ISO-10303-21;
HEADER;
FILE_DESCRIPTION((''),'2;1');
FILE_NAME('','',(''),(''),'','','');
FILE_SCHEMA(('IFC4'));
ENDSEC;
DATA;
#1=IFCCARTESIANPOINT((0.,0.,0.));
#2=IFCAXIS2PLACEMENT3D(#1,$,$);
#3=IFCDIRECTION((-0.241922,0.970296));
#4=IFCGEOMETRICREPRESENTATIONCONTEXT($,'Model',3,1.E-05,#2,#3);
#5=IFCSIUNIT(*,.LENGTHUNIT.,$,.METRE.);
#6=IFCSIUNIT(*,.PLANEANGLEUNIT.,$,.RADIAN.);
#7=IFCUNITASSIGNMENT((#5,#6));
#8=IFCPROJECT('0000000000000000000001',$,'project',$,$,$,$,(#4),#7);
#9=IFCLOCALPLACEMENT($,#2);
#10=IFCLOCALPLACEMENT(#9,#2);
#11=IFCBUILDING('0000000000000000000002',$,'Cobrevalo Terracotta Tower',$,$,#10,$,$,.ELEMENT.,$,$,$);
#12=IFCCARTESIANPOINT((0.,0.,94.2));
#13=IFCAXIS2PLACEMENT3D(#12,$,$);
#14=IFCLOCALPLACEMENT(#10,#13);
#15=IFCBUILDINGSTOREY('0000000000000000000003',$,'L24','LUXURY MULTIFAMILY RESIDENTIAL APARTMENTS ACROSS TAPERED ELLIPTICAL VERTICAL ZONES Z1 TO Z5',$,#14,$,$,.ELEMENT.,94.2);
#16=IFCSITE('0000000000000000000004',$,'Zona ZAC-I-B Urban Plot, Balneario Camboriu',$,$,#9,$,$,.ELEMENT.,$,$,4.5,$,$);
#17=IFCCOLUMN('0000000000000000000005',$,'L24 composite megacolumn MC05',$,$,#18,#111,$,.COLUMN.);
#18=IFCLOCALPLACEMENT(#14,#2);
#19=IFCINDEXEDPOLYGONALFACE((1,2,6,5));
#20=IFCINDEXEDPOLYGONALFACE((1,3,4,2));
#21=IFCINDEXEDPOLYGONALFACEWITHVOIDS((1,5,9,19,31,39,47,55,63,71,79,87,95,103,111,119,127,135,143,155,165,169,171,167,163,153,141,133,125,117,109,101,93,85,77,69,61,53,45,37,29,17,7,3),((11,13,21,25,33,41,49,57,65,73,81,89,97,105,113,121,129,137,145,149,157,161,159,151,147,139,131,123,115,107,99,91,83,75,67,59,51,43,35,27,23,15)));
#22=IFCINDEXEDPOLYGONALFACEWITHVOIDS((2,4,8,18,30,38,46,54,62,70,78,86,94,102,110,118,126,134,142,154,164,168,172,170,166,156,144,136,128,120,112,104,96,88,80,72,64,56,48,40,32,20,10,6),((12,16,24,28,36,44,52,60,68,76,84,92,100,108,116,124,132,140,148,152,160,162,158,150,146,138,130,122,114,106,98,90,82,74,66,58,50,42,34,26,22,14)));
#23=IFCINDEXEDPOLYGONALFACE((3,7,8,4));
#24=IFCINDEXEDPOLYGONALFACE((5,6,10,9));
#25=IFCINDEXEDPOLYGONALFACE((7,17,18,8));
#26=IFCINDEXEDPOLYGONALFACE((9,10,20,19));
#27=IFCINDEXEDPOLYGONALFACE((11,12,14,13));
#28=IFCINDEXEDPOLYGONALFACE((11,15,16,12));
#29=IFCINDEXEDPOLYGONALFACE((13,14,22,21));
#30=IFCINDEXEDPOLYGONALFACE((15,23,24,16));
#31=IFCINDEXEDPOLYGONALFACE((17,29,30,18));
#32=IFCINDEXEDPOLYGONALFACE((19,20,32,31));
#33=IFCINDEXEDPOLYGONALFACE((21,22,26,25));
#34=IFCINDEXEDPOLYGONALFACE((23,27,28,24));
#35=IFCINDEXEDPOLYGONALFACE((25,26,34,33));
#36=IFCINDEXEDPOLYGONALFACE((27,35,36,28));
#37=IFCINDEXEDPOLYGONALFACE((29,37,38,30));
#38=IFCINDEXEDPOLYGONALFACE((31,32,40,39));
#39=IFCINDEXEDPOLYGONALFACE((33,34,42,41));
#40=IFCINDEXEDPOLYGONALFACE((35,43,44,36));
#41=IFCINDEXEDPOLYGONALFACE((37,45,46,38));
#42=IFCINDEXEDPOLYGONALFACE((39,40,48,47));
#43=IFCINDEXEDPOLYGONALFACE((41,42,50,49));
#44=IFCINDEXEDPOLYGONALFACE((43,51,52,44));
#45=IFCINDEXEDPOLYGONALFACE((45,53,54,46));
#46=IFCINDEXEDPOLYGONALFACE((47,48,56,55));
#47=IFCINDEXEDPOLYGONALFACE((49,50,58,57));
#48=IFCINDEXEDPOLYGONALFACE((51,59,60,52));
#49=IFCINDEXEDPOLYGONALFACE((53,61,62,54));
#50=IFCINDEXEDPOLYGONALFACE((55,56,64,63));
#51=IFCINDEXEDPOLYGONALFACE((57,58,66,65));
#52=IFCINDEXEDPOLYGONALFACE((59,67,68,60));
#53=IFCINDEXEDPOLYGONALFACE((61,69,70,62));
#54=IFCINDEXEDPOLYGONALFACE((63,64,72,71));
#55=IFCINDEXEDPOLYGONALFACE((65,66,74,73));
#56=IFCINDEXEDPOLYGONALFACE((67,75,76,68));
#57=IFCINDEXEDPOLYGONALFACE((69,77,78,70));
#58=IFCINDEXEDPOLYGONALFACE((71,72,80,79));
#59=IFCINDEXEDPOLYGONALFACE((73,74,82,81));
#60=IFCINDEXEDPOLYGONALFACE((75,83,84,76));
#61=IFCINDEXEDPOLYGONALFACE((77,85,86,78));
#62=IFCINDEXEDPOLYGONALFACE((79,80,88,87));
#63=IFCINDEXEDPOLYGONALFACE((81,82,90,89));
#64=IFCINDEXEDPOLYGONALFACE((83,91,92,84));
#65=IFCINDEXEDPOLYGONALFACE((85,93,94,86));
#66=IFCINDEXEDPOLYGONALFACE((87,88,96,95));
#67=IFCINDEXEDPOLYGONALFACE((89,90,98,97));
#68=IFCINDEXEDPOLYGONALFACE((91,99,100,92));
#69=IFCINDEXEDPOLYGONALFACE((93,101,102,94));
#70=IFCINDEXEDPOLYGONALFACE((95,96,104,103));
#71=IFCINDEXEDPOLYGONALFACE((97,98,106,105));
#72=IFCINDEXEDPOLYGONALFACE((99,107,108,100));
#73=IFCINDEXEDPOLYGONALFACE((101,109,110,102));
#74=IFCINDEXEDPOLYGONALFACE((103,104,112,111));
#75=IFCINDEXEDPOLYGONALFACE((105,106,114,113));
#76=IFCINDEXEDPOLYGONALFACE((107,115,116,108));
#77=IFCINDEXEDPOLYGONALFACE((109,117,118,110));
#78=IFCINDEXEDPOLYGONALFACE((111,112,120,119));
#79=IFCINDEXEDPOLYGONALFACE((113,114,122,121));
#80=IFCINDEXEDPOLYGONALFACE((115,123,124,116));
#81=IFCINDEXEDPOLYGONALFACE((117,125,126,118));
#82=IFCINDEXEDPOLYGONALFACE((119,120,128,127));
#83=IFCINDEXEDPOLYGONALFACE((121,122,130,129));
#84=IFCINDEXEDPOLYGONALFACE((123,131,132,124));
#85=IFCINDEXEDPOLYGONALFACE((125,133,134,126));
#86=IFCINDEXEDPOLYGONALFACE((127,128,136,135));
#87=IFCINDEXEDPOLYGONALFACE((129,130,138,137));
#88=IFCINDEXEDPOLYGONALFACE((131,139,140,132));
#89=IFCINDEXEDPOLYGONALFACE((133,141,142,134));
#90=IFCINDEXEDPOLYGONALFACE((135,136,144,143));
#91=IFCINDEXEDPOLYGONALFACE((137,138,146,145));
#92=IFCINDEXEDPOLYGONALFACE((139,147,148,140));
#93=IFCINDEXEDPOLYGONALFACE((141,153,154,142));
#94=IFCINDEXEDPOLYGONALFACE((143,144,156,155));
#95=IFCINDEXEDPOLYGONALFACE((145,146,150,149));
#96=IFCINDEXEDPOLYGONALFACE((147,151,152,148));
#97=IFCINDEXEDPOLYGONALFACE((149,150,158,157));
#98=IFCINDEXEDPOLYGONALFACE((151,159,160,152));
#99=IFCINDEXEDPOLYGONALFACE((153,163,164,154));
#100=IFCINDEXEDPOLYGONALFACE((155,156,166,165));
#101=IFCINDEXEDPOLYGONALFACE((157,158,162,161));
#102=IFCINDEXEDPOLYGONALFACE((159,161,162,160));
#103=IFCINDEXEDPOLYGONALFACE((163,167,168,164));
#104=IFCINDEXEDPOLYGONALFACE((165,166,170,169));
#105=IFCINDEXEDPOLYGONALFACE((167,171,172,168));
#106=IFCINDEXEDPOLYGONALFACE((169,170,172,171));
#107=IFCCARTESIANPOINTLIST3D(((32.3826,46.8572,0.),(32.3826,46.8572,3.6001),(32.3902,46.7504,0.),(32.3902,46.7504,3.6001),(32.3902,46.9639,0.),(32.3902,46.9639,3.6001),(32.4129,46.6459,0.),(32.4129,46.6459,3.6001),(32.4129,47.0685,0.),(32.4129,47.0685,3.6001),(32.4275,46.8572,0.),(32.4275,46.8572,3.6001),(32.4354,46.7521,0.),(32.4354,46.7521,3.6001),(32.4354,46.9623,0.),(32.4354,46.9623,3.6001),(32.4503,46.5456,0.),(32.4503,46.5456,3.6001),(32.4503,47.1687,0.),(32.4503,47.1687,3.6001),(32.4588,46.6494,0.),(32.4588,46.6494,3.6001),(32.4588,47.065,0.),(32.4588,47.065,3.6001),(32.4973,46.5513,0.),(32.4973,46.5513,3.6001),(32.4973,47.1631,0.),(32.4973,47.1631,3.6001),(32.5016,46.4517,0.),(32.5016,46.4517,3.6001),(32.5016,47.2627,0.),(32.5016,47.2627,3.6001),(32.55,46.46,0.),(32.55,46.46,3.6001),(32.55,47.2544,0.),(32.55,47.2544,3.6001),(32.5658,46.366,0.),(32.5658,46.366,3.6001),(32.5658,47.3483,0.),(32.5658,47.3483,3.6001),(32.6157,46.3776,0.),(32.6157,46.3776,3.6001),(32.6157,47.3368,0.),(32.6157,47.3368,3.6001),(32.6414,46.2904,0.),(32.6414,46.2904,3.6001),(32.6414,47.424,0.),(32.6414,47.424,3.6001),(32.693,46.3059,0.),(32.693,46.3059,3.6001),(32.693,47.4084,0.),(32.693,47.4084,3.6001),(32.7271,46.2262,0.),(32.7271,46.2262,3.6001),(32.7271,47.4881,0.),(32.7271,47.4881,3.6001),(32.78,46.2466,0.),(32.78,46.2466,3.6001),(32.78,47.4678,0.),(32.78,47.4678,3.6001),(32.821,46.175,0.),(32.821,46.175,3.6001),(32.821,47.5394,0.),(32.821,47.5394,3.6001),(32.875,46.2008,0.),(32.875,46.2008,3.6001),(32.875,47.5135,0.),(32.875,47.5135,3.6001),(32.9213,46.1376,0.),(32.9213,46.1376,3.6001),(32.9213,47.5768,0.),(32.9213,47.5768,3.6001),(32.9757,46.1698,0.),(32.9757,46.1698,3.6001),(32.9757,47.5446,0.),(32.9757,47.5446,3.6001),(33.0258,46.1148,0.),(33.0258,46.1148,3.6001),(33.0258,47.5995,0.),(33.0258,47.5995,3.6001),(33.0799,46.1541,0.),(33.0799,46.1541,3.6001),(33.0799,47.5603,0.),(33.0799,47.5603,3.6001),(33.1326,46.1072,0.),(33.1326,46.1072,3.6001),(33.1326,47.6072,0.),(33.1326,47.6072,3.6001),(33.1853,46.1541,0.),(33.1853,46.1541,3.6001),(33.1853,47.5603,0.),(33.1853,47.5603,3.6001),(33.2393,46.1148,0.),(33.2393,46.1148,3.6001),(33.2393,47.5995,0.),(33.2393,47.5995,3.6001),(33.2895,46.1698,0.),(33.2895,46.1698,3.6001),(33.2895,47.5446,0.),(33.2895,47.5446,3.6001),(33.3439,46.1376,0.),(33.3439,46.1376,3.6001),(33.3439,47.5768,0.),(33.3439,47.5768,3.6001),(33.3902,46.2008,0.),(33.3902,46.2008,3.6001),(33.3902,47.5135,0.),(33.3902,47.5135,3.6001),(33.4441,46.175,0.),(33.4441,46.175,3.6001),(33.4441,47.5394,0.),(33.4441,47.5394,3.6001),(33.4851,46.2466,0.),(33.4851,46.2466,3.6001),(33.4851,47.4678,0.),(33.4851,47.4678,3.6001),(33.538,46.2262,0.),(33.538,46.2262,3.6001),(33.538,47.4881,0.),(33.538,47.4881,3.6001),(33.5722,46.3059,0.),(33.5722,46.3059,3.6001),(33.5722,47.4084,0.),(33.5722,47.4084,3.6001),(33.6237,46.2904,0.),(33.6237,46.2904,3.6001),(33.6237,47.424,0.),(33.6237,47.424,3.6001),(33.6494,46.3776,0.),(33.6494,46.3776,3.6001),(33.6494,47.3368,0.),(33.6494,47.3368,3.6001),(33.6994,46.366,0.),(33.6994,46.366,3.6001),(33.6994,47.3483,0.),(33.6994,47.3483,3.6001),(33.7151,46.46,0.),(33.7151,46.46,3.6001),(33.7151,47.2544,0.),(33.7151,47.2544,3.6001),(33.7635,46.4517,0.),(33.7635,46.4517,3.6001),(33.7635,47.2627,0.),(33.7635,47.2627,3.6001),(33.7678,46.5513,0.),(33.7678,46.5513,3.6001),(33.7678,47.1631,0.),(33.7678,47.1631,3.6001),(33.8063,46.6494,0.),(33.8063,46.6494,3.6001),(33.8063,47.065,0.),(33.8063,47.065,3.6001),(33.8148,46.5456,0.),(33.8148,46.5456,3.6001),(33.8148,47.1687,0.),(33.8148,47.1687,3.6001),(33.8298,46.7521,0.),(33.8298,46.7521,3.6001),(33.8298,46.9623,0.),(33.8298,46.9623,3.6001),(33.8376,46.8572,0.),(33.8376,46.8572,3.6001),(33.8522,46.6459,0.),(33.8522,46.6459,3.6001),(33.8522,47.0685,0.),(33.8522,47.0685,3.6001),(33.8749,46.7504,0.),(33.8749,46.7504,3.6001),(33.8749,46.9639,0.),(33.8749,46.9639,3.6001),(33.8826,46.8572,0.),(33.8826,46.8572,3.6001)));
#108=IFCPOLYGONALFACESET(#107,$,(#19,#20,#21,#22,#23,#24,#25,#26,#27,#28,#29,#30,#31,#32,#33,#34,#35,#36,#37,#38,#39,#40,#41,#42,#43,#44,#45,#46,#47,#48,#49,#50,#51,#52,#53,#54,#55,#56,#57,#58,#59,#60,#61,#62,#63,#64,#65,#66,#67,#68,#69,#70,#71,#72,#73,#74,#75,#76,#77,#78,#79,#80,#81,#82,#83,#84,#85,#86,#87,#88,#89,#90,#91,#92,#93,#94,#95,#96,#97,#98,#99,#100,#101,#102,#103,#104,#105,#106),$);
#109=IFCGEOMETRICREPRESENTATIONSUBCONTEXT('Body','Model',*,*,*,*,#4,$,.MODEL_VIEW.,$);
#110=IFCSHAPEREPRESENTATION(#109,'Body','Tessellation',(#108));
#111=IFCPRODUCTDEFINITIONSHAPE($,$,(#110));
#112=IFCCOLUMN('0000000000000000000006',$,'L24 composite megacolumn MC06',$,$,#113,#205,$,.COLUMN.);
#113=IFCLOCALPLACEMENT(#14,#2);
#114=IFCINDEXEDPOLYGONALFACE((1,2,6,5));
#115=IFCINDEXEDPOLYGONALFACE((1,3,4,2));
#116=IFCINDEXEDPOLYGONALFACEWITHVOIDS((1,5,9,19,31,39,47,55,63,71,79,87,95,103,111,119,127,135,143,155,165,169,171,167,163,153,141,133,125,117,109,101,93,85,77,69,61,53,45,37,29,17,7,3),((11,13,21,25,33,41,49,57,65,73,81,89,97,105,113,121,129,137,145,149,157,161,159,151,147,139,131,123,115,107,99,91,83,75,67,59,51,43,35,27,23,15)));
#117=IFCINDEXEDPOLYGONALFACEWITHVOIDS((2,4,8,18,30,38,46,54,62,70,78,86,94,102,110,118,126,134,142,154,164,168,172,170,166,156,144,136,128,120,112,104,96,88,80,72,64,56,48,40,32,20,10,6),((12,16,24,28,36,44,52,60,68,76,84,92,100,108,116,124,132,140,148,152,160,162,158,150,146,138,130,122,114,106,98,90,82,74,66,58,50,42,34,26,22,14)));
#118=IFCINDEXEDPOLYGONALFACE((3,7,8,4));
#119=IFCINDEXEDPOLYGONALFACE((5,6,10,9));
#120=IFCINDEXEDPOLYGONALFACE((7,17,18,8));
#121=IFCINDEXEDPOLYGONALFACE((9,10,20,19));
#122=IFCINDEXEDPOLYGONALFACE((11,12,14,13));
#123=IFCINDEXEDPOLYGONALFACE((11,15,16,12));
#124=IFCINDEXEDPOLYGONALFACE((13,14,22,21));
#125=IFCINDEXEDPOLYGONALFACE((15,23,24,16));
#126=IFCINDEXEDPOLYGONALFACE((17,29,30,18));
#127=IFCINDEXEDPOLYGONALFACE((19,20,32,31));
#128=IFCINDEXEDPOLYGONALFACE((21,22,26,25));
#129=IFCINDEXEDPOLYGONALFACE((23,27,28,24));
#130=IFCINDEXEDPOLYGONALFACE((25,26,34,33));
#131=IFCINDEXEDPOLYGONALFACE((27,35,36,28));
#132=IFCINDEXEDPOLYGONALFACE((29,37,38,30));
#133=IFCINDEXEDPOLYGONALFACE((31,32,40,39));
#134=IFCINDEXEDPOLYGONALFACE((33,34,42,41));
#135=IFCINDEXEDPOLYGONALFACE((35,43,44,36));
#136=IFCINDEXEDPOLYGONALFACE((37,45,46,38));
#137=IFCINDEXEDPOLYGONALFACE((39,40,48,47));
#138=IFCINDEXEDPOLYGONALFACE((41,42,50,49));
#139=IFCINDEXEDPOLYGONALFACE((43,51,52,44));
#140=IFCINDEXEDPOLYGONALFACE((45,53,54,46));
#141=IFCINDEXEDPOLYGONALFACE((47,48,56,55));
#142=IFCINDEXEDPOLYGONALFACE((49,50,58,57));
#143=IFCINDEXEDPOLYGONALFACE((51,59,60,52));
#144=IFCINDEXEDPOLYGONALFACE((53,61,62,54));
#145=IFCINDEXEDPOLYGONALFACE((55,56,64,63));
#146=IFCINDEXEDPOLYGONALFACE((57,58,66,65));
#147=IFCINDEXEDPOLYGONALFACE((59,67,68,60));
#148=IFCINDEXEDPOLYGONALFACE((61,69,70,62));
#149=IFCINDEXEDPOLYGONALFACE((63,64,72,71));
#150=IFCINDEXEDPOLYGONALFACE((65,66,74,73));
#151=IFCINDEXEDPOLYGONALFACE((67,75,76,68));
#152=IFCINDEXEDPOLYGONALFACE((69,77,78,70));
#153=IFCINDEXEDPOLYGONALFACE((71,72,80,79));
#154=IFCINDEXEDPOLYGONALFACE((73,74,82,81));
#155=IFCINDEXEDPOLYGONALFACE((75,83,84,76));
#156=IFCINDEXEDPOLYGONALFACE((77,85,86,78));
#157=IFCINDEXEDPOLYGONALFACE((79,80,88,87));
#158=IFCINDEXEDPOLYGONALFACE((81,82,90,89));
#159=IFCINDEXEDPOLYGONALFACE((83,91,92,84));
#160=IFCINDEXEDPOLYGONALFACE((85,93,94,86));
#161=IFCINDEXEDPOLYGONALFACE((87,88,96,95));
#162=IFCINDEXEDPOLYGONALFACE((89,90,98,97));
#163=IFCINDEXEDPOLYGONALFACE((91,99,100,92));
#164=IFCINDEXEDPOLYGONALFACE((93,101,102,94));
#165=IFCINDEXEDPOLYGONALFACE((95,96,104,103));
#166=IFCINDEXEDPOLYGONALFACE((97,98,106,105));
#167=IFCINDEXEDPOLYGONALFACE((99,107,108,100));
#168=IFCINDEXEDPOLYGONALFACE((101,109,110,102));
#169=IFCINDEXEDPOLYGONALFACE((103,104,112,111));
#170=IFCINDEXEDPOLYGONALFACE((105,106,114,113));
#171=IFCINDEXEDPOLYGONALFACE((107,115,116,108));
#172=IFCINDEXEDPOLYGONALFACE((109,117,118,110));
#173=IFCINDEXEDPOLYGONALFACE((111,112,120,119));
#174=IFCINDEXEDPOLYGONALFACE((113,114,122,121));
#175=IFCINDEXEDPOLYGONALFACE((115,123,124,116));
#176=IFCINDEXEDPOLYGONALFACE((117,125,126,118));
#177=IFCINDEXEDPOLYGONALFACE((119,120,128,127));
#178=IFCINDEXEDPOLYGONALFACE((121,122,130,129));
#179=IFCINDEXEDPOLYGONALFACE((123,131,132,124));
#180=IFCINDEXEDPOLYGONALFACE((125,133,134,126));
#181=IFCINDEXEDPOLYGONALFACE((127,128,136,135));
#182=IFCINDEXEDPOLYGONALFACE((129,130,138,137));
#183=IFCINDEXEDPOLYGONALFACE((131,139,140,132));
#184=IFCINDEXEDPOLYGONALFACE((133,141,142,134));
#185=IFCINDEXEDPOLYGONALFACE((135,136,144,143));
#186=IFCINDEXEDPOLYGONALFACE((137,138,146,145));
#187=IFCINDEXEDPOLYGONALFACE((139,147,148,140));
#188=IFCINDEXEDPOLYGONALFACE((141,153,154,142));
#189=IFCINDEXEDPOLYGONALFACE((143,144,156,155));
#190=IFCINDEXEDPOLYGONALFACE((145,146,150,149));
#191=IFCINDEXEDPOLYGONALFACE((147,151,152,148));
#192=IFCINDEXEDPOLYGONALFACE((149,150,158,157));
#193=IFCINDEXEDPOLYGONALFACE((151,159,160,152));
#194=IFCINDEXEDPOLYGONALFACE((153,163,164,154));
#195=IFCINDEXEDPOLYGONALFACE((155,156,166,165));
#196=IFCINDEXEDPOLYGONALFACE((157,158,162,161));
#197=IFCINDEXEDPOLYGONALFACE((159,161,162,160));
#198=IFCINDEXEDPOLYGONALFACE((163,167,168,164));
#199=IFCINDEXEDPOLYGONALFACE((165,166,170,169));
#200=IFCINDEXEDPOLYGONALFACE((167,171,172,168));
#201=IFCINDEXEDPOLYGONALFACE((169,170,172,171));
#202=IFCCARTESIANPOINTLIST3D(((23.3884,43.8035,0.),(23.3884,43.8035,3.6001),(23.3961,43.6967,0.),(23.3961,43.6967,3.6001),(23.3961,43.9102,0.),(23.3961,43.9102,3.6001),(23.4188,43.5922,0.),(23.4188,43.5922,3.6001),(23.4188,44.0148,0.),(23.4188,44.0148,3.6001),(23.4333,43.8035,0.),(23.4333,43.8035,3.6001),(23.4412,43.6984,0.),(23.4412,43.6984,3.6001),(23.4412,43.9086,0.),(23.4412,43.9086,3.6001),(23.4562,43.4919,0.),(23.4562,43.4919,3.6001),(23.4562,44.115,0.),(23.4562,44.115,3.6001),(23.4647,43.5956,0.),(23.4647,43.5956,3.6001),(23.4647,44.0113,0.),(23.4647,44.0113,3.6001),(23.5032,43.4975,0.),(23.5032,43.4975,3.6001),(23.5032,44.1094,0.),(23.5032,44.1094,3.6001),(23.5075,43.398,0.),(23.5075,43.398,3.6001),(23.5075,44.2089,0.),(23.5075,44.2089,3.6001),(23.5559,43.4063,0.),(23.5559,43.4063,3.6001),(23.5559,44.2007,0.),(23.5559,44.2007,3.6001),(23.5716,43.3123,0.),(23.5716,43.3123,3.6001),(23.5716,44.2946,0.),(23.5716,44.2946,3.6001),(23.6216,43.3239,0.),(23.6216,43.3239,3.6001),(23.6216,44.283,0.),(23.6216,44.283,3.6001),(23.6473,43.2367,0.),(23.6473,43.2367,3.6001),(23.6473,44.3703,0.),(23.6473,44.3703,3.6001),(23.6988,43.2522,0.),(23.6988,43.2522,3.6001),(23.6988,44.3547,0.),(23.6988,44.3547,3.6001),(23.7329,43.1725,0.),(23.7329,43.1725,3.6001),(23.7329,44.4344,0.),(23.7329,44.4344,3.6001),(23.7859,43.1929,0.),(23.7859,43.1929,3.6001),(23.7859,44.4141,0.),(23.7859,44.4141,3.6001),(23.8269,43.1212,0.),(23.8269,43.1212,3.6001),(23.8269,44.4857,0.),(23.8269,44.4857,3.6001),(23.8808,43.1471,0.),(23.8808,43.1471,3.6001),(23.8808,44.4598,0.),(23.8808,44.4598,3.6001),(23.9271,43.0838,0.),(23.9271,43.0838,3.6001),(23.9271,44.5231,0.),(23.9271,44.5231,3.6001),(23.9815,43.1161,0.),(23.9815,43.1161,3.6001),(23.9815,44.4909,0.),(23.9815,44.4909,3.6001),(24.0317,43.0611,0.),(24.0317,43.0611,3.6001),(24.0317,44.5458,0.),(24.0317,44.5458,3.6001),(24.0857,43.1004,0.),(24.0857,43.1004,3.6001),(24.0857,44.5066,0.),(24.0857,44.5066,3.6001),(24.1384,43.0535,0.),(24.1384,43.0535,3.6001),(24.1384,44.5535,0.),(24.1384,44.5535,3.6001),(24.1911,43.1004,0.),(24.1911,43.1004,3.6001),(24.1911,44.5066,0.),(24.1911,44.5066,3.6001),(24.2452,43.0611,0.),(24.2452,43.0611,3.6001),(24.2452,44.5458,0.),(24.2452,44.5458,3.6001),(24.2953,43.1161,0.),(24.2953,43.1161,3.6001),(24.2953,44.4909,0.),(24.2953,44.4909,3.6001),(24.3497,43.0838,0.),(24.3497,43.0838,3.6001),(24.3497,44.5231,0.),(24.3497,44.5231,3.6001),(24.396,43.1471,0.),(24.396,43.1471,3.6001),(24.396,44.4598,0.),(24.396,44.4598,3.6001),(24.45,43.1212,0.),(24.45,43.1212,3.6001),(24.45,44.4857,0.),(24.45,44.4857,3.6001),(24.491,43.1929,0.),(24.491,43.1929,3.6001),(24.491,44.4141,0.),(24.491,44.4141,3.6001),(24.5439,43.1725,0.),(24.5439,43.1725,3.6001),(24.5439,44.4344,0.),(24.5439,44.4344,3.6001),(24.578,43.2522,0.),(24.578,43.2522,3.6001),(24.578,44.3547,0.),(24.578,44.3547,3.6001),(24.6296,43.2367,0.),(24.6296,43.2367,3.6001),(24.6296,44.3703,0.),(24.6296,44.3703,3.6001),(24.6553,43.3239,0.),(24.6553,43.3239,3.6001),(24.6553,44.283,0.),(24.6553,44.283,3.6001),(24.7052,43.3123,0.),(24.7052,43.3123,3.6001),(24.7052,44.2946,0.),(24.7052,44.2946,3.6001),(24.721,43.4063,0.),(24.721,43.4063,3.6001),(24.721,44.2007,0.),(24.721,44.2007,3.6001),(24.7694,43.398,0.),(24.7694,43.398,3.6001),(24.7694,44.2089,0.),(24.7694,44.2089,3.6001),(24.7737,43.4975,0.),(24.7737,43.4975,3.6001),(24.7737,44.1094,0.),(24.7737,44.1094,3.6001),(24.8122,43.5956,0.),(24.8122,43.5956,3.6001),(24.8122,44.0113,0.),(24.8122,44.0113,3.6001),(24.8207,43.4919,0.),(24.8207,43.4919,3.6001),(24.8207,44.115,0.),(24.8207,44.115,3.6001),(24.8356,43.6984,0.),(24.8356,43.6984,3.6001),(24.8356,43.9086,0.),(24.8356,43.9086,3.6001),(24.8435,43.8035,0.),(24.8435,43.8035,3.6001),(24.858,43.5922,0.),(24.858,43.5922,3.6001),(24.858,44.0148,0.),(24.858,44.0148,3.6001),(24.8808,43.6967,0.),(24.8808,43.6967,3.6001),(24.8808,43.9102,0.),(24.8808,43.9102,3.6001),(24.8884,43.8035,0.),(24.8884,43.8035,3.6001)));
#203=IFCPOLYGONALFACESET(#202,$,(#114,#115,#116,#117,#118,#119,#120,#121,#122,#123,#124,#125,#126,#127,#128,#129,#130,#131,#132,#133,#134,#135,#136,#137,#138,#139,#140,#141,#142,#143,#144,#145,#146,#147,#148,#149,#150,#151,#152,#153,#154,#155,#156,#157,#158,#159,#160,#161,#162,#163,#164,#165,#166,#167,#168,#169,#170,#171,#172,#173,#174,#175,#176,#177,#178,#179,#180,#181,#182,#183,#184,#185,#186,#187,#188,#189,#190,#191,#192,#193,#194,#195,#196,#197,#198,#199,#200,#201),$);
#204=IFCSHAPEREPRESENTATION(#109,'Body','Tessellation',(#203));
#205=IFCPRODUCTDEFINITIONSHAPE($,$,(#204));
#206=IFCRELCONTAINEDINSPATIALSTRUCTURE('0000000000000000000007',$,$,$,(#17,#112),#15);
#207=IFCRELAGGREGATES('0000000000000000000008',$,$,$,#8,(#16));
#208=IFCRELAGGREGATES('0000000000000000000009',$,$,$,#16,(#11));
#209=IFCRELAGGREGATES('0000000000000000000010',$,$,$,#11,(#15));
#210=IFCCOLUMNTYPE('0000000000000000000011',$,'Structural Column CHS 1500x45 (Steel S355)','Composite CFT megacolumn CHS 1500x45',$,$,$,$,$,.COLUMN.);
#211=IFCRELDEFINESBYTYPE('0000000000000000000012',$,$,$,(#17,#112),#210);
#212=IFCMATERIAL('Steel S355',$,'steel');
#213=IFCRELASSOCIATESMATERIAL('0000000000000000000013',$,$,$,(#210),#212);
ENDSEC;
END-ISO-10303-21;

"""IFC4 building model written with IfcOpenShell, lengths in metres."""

from ifc_helpers import new_model, si_unit, direction, frame, origin, origin_2d, place, context, subcontext, project, spatial, hollow_circle, extrude, material, material_profile, profile_set, type_object, element, save


model = new_model("IFC4")

# Units and contexts
model_context = context("Model", 3, precision=1e-05, world=origin(), true_north=direction((-0.241922, 0.970296)))
body_context = subcontext(model_context, "Body", "Model", "MODEL_VIEW")
ifc_project = project(units=[si_unit("LENGTHUNIT", "METRE"), si_unit("PLANEANGLEUNIT", "RADIAN")], contexts=[model_context])

# Site, building, storey
site_placement = place(None, origin())
site = spatial("IfcSite", under=ifc_project, at=site_placement, Name="Zona ZAC-I-B Urban Plot, Balneario Camboriu", CompositionType="ELEMENT", RefElevation=4.5)
building_placement = place(site_placement, origin())
building = spatial("IfcBuilding", under=site, at=building_placement, Name="Cobrevalo Terracotta Tower", CompositionType="ELEMENT")
storey_placement = place(building_placement, frame((0.0, 0.0, 94.2)))
storey = spatial("IfcBuildingStorey", under=building, at=storey_placement, Name="L24", Description="LUXURY MULTIFAMILY RESIDENTIAL APARTMENTS ACROSS TAPERED ELLIPTICAL VERTICAL ZONES Z1 TO Z5", CompositionType="ELEMENT", Elevation=94.2)

# Columns
ifc_material_1 = material(Name="Steel S355", Category="steel")
ifc_material_profile_1 = material_profile(ifc_material_1, hollow_circle(Radius=0.75, WallThickness=0.0449, at=origin_2d()), Name="CHS 1500x45")
ifc_profile_set_1 = profile_set([ifc_material_profile_1], Name="Steel S355")
column_type = type_object("IfcColumnType", Name="Structural Column CHS 1500x45 (Steel S355)", Description="Composite CFT megacolumn CHS 1500x45", PredefinedType="COLUMN", material=ifc_profile_set_1)
for number, where, z_axis, x_axis, name in (
    (1, (33.1326, 46.8572, 0.0), (0.0, 0.0, 1.0), (1.0, 0.0, 0.0), "L24 composite megacolumn MC05"),
    (2, (24.1384, 43.8035, 0.0), (0.0, 0.0, 1.0), (1.0, 0.0, 0.0), "L24 composite megacolumn MC06"),
):
    element("IfcColumn", number, at=place(storey_placement, frame(where, z_axis=z_axis, x_axis=x_axis)), inside=storey, type_object=column_type, Name=name, PredefinedType="COLUMN", context=body_context, shape_type="SweptSolid", body=[
        extrude(hollow_circle(Radius=0.75, WallThickness=0.0449, at=origin_2d()), origin(), (0.0, 0.0, 1.0), 3.6001),
    ])

save(model, "model.ifc")
